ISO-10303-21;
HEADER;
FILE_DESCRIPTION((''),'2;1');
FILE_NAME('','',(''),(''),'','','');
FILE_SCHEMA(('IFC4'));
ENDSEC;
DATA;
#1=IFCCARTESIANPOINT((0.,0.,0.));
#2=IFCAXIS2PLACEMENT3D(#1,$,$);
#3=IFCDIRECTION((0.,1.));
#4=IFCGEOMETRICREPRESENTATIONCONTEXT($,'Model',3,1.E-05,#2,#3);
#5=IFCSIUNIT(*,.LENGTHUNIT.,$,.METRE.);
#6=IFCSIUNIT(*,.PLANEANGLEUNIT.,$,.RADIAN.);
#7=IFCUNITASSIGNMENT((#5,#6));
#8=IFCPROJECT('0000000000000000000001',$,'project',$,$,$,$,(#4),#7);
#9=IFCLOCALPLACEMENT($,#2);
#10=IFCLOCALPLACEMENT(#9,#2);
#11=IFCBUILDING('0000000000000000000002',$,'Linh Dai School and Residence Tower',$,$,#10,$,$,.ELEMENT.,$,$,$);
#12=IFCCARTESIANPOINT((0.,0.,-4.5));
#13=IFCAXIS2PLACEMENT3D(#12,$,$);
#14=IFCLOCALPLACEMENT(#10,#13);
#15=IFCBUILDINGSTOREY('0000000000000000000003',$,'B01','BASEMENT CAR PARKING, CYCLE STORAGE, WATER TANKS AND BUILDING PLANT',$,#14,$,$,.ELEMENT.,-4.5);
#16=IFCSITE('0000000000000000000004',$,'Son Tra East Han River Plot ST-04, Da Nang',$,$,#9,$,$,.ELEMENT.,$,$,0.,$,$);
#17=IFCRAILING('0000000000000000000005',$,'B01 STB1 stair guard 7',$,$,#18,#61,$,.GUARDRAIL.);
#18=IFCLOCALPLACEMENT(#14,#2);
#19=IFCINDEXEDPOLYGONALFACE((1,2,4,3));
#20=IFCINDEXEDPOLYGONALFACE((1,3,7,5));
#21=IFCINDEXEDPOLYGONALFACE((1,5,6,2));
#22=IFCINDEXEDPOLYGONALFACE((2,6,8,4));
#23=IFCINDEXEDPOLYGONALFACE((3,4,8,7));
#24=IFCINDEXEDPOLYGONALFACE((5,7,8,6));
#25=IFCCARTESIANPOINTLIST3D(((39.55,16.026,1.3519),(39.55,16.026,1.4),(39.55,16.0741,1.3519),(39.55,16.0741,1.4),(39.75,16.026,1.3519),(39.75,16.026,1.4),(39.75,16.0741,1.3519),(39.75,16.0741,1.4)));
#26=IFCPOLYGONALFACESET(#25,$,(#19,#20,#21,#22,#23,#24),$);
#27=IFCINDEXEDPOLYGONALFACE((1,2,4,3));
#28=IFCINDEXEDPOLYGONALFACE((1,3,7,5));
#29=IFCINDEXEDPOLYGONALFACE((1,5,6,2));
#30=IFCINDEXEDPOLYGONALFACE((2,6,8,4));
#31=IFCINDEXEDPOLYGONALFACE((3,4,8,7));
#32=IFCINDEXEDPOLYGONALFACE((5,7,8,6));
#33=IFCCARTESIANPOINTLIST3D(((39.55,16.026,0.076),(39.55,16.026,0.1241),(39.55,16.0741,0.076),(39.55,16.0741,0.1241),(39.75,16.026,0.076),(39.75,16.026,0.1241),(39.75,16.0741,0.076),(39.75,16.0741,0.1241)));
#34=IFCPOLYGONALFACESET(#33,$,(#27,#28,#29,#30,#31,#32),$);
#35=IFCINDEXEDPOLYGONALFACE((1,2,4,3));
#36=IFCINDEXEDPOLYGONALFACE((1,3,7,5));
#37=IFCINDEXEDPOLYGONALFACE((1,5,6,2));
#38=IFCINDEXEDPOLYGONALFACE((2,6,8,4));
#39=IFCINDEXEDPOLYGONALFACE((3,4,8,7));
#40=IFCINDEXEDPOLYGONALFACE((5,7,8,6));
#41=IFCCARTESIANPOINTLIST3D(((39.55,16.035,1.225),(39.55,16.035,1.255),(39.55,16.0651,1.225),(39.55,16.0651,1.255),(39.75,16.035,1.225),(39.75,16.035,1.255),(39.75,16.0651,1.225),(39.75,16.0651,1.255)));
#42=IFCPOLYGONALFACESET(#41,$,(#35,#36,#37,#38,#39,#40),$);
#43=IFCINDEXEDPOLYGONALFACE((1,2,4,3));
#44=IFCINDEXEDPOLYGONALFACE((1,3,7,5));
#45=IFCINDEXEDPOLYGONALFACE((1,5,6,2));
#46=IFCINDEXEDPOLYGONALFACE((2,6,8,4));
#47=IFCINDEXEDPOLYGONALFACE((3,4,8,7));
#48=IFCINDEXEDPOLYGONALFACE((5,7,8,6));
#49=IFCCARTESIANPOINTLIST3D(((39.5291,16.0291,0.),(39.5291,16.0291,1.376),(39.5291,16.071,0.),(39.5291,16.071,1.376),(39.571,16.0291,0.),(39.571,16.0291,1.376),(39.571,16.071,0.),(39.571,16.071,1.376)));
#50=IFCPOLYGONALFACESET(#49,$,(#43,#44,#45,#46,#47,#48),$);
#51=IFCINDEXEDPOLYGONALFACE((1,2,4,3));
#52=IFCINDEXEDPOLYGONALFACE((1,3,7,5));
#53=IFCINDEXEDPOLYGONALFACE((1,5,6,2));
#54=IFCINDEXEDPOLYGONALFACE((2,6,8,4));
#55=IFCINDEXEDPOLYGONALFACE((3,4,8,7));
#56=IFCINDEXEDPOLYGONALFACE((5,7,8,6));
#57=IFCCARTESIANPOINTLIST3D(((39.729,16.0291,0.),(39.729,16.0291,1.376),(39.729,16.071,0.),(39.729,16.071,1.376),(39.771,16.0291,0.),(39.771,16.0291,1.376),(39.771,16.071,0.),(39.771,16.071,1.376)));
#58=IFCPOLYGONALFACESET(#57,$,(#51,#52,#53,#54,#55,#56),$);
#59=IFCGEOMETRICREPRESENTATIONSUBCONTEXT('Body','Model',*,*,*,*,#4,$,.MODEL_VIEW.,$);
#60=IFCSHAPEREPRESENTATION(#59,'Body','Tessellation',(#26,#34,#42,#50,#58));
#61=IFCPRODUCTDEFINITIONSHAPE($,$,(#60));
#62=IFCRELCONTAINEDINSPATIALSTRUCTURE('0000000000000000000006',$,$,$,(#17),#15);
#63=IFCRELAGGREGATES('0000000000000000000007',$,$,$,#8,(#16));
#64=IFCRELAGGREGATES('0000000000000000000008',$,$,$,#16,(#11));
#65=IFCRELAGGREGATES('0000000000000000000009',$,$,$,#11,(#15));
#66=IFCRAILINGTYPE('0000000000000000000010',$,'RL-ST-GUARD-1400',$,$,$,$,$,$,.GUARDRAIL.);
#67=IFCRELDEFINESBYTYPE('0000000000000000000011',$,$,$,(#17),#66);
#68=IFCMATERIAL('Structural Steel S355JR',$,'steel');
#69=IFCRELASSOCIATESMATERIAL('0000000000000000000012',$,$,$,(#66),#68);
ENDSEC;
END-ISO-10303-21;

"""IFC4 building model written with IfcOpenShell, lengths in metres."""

from ifc_helpers import new_model, si_unit, direction, frame, origin, origin_2d, place, context, subcontext, project, spatial, rectangle, extrude, source, transform, mapped, material, type_object, element, save


model = new_model("IFC4")

# Units and contexts
model_context = context("Model", 3, precision=1e-05, world=origin(), true_north=direction((0.0, 1.0)))
body_context = subcontext(model_context, "Body", "Model", "MODEL_VIEW")
ifc_project = project(units=[si_unit("LENGTHUNIT", "METRE"), si_unit("PLANEANGLEUNIT", "RADIAN")], contexts=[model_context])

# Site, building, storey
site_placement = place(None, origin())
site = spatial("IfcSite", under=ifc_project, at=site_placement, Name="Son Tra East Han River Plot ST-04, Da Nang", CompositionType="ELEMENT", RefElevation=0.0)
building_placement = place(site_placement, origin())
building = spatial("IfcBuilding", under=site, at=building_placement, Name="Linh Dai School and Residence Tower", CompositionType="ELEMENT")
storey_placement = place(building_placement, frame((0.0, 0.0, -4.5)))
storey = spatial("IfcBuildingStorey", under=building, at=storey_placement, Name="B01", Description="BASEMENT CAR PARKING, CYCLE STORAGE, WATER TANKS AND BUILDING PLANT", CompositionType="ELEMENT", Elevation=-4.5)

# Shared definitions
ifc_material_1 = material(Name="Structural Steel S355JR", Category="steel")

# Railing
railing_type_1 = type_object("IfcRailingType", Name="RL-ST-GUARD-1400", PredefinedType="GUARDRAIL", material=ifc_material_1)
shared_shape_1 = source(origin(), body_context, "Body", "SweptSolid", [
    extrude(rectangle(XDim=0.0481, YDim=0.0481, at=origin_2d()), frame((0.0, 0.0, 1.376), z_axis=(1.0, 0.0, 0.0), x_axis=(0.0, 1.0, 0.0)), (0.0, 0.0, 1.0), 0.2),
    extrude(rectangle(XDim=0.0481, YDim=0.0481, at=origin_2d()), frame((0.0, 0.0, 0.1001), z_axis=(1.0, 0.0, 0.0), x_axis=(0.0, 1.0, 0.0)), (0.0, 0.0, 1.0), 0.2),
    extrude(rectangle(XDim=0.03, YDim=0.03, at=origin_2d()), frame((0.0, 0.0, 1.24), z_axis=(1.0, 0.0, 0.0), x_axis=(0.0, 1.0, 0.0)), (0.0, 0.0, 1.0), 0.2),
    extrude(rectangle(XDim=0.042, YDim=0.042, at=origin_2d()), origin(), (0.0, 0.0, 1.0), 1.376),
    extrude(rectangle(XDim=0.042, YDim=0.042, at=origin_2d()), frame((0.2, 0.0, 0.0)), (0.0, 0.0, 1.0), 1.376),
])
for number, where, name in (
    (1, (39.55, 16.05, 0.0), "B01 STB1 stair guard 7"),
):
    element("IfcRailing", number, at=place(storey_placement, frame(where)), inside=storey, type_object=railing_type_1, Name=name, PredefinedType="GUARDRAIL", context=body_context, shape_type="MappedRepresentation", body=[
        mapped(shared_shape_1, transform((0.0, 0.0, 0.0), x_axis=(1.0, 0.0, 0.0), y_axis=(0.0, 1.0, 0.0), z_axis=(0.0, 0.0, 1.0), scale=1.0)),
    ])

save(model, "model.ifc")
